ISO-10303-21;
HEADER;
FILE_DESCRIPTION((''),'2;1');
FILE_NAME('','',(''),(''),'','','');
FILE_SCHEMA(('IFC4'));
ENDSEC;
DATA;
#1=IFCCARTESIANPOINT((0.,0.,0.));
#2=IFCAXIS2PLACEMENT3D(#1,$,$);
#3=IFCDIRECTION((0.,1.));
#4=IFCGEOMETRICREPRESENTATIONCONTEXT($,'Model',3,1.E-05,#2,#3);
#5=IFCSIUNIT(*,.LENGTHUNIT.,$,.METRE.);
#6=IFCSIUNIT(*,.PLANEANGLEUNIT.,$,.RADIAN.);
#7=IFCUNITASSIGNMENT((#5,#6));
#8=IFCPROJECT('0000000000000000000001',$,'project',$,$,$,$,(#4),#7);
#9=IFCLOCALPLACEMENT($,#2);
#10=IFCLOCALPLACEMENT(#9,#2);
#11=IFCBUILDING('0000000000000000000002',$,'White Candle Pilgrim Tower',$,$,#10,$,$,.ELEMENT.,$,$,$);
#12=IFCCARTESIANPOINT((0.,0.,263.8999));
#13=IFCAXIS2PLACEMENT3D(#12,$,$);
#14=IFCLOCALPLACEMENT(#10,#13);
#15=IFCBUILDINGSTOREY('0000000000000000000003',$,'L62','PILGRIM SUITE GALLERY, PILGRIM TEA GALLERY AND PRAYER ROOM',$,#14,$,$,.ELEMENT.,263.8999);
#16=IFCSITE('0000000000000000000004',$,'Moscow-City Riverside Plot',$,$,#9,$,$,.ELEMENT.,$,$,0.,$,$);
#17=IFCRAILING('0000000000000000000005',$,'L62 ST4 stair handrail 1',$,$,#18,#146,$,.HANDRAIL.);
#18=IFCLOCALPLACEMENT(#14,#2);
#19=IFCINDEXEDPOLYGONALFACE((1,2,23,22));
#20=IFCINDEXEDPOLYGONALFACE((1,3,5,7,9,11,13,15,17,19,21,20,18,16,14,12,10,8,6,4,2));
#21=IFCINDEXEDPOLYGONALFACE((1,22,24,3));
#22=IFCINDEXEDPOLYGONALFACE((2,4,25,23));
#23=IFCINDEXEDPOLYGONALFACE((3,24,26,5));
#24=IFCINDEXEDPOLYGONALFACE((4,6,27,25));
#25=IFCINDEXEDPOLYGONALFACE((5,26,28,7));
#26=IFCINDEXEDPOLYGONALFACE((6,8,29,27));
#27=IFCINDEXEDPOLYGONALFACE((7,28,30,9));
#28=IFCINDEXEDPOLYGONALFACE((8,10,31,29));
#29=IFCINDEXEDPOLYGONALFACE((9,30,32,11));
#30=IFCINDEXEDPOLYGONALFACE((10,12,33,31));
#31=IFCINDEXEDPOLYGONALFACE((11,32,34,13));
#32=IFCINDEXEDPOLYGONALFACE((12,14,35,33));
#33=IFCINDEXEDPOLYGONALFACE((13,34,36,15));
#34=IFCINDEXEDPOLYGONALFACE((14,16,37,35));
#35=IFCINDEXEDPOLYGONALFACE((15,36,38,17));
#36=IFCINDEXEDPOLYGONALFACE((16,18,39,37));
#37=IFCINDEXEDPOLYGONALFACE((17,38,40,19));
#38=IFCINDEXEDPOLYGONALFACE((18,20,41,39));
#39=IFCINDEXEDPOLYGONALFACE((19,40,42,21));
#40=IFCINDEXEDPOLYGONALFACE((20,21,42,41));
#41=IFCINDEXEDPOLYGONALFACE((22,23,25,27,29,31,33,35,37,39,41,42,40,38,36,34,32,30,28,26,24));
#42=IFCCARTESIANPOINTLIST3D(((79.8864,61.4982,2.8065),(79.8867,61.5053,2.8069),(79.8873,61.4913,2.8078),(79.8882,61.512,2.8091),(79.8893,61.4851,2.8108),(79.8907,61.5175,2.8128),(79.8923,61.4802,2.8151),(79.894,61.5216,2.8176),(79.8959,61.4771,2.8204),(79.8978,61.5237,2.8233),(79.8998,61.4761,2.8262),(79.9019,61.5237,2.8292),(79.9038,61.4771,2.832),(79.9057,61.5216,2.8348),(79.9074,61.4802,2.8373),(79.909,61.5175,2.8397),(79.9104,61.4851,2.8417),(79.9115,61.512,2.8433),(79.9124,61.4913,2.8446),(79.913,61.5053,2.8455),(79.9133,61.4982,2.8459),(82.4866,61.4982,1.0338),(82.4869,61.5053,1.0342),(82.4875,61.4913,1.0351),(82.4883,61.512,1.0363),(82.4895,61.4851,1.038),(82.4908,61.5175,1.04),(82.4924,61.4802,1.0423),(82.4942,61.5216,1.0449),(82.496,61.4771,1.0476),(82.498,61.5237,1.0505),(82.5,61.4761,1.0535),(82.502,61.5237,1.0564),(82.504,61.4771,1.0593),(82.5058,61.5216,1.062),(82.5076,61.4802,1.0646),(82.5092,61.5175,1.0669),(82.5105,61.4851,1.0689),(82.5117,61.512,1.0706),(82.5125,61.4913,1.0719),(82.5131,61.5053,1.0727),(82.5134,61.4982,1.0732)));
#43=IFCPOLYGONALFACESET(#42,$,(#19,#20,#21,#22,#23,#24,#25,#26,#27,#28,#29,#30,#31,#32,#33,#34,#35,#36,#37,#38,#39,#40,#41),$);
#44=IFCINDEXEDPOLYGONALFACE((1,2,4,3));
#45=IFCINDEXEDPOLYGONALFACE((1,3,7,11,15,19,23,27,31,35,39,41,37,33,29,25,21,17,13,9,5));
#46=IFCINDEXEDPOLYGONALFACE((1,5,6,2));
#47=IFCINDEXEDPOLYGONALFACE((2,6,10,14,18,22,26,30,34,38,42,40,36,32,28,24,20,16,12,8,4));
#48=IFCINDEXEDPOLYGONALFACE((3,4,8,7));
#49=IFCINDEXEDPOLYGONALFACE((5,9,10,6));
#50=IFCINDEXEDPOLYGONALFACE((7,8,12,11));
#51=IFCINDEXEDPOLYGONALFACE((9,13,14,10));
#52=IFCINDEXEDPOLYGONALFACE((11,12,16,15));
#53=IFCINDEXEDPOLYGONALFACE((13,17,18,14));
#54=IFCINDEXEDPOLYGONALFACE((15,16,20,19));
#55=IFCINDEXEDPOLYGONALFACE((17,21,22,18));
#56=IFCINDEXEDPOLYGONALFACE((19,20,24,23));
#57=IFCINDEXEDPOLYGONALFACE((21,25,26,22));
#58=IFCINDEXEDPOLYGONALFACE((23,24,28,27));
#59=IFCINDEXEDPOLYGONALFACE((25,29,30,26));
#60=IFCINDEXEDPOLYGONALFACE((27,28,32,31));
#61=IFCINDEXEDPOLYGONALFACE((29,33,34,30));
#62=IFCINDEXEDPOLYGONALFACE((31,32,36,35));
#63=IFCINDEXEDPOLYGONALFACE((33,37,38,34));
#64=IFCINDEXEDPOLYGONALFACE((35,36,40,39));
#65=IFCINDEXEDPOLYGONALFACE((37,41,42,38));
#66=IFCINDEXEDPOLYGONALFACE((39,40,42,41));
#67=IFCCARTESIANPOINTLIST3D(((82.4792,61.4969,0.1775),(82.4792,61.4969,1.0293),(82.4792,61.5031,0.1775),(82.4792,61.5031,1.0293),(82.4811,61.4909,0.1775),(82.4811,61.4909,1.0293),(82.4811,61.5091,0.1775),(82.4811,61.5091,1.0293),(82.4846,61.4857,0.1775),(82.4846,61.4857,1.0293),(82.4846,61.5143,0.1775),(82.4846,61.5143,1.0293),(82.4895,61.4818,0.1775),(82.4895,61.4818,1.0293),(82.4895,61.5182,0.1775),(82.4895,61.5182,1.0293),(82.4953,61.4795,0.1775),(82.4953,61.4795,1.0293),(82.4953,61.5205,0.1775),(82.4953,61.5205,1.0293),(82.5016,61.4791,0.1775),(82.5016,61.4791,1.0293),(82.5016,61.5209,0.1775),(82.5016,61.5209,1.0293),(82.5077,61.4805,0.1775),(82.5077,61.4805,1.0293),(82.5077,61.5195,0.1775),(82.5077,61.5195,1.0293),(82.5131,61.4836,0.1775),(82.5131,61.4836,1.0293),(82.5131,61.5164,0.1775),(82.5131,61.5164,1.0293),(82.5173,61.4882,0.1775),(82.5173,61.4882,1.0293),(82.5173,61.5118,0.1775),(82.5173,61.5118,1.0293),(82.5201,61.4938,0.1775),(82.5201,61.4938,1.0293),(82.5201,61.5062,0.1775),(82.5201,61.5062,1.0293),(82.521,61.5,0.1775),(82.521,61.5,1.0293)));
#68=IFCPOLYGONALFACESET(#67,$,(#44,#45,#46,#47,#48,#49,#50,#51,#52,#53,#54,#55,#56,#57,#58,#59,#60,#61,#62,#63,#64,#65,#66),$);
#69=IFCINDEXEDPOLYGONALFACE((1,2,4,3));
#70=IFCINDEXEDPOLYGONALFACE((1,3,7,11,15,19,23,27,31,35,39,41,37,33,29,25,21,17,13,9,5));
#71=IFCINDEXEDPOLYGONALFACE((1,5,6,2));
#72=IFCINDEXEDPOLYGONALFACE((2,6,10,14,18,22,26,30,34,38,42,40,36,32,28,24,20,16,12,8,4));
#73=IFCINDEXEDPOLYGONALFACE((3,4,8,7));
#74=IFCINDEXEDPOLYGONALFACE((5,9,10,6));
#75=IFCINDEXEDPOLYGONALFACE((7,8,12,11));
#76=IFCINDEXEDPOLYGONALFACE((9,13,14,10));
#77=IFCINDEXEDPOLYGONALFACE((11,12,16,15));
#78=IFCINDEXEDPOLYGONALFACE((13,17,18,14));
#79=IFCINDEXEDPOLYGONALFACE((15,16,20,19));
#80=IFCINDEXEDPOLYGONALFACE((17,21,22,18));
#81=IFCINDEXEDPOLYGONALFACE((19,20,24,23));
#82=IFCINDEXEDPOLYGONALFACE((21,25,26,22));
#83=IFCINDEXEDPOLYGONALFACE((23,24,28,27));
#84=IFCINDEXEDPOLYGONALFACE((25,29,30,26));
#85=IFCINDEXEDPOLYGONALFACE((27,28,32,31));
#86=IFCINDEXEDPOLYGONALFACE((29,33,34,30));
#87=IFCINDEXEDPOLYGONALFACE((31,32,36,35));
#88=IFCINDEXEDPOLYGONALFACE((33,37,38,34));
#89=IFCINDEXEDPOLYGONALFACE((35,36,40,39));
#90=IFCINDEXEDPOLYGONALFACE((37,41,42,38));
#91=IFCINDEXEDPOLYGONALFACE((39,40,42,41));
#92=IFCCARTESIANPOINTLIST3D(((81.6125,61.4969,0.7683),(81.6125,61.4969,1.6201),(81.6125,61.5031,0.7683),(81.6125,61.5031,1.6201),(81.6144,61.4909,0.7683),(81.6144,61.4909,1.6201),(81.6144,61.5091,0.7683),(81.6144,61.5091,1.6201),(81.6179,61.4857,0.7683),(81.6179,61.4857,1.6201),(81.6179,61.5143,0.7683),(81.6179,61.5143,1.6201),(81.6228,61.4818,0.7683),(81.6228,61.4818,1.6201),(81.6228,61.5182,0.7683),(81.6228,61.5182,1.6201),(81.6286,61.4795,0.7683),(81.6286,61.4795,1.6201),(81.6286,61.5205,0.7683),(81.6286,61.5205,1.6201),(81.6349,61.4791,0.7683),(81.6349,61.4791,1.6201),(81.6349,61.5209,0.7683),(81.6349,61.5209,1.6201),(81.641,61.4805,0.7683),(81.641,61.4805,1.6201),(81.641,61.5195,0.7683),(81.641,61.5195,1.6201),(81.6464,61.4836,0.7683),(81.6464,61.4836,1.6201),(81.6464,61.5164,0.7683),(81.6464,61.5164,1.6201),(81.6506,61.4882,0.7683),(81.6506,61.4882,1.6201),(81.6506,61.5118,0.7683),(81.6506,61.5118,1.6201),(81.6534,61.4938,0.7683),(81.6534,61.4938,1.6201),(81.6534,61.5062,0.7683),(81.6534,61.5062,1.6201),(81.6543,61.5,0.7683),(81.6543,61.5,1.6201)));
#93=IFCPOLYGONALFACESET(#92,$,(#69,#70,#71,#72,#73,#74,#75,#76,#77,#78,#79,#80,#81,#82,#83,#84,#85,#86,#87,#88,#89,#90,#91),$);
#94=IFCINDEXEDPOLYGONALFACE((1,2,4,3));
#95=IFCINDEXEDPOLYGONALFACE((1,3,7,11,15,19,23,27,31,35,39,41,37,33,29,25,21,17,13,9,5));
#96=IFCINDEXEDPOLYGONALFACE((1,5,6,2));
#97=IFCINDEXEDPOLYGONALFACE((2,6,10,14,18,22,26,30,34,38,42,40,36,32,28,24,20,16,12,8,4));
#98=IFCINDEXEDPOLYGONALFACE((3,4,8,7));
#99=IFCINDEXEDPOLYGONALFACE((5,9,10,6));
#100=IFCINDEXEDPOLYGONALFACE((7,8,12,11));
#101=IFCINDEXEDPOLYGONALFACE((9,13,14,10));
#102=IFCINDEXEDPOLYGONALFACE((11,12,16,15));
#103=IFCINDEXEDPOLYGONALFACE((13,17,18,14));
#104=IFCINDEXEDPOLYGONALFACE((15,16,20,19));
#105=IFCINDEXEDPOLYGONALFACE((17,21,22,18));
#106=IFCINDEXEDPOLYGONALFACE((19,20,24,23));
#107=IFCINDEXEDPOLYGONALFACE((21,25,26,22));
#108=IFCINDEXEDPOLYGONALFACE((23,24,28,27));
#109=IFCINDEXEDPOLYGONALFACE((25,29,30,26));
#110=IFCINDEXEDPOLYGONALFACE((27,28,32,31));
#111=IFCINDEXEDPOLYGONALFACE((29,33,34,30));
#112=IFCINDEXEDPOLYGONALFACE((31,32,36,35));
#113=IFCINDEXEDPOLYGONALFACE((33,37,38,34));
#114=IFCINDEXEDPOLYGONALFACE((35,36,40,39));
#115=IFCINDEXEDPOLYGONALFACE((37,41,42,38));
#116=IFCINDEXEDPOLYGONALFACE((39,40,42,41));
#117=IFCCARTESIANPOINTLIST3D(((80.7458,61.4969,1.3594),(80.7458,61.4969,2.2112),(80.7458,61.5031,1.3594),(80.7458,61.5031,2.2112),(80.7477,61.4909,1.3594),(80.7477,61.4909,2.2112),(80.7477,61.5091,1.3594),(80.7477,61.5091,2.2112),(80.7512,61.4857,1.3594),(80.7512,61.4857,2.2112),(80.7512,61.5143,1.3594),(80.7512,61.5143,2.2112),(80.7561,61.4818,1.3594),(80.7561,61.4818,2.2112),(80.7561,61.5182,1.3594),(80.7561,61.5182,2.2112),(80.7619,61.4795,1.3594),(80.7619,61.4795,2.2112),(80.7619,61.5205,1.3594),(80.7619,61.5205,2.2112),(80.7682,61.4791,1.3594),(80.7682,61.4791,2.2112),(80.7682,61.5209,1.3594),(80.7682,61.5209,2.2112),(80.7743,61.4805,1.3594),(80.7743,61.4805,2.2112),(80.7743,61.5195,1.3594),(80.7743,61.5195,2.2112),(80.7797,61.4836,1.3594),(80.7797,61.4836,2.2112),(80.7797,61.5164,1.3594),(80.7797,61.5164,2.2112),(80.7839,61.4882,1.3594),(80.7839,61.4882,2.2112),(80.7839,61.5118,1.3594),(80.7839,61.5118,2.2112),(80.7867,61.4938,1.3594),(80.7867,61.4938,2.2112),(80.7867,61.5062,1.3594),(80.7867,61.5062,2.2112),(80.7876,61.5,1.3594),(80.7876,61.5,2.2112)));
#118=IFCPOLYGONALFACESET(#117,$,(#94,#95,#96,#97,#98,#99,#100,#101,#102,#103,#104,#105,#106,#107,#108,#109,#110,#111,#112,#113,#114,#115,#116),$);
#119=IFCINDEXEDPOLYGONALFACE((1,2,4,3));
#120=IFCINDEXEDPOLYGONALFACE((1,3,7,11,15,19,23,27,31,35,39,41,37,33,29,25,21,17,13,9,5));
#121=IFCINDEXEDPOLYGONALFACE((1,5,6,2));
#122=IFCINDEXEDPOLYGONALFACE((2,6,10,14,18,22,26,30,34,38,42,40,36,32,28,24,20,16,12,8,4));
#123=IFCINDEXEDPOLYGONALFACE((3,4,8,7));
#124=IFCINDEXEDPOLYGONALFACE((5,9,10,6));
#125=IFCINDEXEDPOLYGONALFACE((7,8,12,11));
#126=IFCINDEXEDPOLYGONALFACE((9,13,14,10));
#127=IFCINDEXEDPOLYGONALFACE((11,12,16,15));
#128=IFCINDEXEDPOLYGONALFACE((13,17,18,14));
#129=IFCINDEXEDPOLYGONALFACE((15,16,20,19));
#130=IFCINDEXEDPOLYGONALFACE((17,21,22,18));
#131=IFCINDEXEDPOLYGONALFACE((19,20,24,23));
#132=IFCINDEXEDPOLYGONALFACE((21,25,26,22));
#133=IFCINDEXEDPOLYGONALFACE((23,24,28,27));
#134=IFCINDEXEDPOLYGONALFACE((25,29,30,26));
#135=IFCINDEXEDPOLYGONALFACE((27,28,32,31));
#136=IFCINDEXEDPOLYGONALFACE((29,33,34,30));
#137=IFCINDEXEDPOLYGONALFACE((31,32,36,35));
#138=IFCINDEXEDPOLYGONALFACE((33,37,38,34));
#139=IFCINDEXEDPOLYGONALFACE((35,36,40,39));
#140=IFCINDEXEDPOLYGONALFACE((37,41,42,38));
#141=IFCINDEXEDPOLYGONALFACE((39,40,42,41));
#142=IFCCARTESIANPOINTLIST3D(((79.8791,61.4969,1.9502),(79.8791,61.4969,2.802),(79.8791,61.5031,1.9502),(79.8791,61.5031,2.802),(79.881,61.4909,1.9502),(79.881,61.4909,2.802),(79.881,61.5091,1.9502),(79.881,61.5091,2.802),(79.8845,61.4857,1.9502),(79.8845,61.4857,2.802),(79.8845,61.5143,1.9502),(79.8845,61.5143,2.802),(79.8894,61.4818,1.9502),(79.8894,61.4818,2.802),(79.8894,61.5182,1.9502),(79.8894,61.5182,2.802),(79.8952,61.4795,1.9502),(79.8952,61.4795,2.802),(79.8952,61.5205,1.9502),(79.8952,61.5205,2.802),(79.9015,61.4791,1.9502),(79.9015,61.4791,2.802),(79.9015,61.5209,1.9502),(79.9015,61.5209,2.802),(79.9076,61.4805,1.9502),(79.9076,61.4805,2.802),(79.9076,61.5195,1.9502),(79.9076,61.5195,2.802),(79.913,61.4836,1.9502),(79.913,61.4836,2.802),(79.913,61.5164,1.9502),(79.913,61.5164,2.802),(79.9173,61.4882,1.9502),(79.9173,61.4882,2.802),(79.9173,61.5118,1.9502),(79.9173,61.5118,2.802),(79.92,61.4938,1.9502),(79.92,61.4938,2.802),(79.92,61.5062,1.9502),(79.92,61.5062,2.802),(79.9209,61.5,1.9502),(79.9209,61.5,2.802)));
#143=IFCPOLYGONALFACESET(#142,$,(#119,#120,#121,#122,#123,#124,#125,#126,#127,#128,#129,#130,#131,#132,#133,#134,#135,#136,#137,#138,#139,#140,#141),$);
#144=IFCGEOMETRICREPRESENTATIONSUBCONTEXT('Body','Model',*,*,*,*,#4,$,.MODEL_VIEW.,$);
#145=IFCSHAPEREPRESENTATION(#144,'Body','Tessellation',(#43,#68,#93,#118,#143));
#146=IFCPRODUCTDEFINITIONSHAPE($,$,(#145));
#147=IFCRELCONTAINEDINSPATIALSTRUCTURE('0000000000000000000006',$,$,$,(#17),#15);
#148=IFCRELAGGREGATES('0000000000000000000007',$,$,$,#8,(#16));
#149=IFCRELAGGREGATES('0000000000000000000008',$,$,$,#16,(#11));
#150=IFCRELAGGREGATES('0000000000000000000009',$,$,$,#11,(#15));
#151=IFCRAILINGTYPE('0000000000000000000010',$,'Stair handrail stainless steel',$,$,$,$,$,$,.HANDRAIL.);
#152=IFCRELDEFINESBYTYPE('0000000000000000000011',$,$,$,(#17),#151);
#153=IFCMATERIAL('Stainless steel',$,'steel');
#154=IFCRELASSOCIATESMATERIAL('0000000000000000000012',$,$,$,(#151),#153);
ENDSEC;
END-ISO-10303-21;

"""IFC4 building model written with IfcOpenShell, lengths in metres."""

from ifc_helpers import new_model, si_unit, direction, frame, origin, origin_2d, place, context, subcontext, project, spatial, circle, extrude, material, type_object, element, save


model = new_model("IFC4")

# Units and contexts
model_context = context("Model", 3, precision=1e-05, world=origin(), true_north=direction((0.0, 1.0)))
body_context = subcontext(model_context, "Body", "Model", "MODEL_VIEW")
ifc_project = project(units=[si_unit("LENGTHUNIT", "METRE"), si_unit("PLANEANGLEUNIT", "RADIAN")], contexts=[model_context])

# Site, building, storey
site_placement = place(None, origin())
site = spatial("IfcSite", under=ifc_project, at=site_placement, Name="Moscow-City Riverside Plot", CompositionType="ELEMENT", RefElevation=0.0)
building_placement = place(site_placement, origin())
building = spatial("IfcBuilding", under=site, at=building_placement, Name="White Candle Pilgrim Tower", CompositionType="ELEMENT")
storey_placement = place(building_placement, frame((0.0, 0.0, 263.8999)))
storey = spatial("IfcBuildingStorey", under=building, at=storey_placement, Name="L62", Description="PILGRIM SUITE GALLERY, PILGRIM TEA GALLERY AND PRAYER ROOM", CompositionType="ELEMENT", Elevation=263.8999)

# Railing
ifc_material_1 = material(Name="Stainless steel", Category="steel")
railing_type_1 = type_object("IfcRailingType", Name="Stair handrail stainless steel", PredefinedType="HANDRAIL", material=ifc_material_1)
railing_1_placement = place(storey_placement, frame((82.5, 61.5, 0.1775)))
element("IfcRailing", 1, at=railing_1_placement, inside=storey, type_object=railing_type_1, Name="L62 ST4 stair handrail 1", PredefinedType="HANDRAIL", context=body_context, shape_type="SweptSolid", body=[
    extrude(circle(Radius=0.0239, at=origin_2d()), frame((0.0, 0.0, 0.876), z_axis=(-0.82624, 0.0, 0.563318), x_axis=(0.0, -1.0, 0.0)), (0.0, 0.0, 1.0), 3.147),
    extrude(circle(Radius=0.021, at=origin_2d()), origin(), (0.0, 0.0, 1.0), 0.8518),
    extrude(circle(Radius=0.021, at=origin_2d()), frame((-0.8667, 0.0, 0.5908)), (0.0, 0.0, 1.0), 0.8518),
    extrude(circle(Radius=0.021, at=origin_2d()), frame((-1.7334, 0.0, 1.1819)), (0.0, 0.0, 1.0), 0.8518),
    extrude(circle(Radius=0.021, at=origin_2d()), frame((-2.6001, 0.0, 1.7727)), (0.0, 0.0, 1.0), 0.8518),
])

save(model, "model.ifc")
